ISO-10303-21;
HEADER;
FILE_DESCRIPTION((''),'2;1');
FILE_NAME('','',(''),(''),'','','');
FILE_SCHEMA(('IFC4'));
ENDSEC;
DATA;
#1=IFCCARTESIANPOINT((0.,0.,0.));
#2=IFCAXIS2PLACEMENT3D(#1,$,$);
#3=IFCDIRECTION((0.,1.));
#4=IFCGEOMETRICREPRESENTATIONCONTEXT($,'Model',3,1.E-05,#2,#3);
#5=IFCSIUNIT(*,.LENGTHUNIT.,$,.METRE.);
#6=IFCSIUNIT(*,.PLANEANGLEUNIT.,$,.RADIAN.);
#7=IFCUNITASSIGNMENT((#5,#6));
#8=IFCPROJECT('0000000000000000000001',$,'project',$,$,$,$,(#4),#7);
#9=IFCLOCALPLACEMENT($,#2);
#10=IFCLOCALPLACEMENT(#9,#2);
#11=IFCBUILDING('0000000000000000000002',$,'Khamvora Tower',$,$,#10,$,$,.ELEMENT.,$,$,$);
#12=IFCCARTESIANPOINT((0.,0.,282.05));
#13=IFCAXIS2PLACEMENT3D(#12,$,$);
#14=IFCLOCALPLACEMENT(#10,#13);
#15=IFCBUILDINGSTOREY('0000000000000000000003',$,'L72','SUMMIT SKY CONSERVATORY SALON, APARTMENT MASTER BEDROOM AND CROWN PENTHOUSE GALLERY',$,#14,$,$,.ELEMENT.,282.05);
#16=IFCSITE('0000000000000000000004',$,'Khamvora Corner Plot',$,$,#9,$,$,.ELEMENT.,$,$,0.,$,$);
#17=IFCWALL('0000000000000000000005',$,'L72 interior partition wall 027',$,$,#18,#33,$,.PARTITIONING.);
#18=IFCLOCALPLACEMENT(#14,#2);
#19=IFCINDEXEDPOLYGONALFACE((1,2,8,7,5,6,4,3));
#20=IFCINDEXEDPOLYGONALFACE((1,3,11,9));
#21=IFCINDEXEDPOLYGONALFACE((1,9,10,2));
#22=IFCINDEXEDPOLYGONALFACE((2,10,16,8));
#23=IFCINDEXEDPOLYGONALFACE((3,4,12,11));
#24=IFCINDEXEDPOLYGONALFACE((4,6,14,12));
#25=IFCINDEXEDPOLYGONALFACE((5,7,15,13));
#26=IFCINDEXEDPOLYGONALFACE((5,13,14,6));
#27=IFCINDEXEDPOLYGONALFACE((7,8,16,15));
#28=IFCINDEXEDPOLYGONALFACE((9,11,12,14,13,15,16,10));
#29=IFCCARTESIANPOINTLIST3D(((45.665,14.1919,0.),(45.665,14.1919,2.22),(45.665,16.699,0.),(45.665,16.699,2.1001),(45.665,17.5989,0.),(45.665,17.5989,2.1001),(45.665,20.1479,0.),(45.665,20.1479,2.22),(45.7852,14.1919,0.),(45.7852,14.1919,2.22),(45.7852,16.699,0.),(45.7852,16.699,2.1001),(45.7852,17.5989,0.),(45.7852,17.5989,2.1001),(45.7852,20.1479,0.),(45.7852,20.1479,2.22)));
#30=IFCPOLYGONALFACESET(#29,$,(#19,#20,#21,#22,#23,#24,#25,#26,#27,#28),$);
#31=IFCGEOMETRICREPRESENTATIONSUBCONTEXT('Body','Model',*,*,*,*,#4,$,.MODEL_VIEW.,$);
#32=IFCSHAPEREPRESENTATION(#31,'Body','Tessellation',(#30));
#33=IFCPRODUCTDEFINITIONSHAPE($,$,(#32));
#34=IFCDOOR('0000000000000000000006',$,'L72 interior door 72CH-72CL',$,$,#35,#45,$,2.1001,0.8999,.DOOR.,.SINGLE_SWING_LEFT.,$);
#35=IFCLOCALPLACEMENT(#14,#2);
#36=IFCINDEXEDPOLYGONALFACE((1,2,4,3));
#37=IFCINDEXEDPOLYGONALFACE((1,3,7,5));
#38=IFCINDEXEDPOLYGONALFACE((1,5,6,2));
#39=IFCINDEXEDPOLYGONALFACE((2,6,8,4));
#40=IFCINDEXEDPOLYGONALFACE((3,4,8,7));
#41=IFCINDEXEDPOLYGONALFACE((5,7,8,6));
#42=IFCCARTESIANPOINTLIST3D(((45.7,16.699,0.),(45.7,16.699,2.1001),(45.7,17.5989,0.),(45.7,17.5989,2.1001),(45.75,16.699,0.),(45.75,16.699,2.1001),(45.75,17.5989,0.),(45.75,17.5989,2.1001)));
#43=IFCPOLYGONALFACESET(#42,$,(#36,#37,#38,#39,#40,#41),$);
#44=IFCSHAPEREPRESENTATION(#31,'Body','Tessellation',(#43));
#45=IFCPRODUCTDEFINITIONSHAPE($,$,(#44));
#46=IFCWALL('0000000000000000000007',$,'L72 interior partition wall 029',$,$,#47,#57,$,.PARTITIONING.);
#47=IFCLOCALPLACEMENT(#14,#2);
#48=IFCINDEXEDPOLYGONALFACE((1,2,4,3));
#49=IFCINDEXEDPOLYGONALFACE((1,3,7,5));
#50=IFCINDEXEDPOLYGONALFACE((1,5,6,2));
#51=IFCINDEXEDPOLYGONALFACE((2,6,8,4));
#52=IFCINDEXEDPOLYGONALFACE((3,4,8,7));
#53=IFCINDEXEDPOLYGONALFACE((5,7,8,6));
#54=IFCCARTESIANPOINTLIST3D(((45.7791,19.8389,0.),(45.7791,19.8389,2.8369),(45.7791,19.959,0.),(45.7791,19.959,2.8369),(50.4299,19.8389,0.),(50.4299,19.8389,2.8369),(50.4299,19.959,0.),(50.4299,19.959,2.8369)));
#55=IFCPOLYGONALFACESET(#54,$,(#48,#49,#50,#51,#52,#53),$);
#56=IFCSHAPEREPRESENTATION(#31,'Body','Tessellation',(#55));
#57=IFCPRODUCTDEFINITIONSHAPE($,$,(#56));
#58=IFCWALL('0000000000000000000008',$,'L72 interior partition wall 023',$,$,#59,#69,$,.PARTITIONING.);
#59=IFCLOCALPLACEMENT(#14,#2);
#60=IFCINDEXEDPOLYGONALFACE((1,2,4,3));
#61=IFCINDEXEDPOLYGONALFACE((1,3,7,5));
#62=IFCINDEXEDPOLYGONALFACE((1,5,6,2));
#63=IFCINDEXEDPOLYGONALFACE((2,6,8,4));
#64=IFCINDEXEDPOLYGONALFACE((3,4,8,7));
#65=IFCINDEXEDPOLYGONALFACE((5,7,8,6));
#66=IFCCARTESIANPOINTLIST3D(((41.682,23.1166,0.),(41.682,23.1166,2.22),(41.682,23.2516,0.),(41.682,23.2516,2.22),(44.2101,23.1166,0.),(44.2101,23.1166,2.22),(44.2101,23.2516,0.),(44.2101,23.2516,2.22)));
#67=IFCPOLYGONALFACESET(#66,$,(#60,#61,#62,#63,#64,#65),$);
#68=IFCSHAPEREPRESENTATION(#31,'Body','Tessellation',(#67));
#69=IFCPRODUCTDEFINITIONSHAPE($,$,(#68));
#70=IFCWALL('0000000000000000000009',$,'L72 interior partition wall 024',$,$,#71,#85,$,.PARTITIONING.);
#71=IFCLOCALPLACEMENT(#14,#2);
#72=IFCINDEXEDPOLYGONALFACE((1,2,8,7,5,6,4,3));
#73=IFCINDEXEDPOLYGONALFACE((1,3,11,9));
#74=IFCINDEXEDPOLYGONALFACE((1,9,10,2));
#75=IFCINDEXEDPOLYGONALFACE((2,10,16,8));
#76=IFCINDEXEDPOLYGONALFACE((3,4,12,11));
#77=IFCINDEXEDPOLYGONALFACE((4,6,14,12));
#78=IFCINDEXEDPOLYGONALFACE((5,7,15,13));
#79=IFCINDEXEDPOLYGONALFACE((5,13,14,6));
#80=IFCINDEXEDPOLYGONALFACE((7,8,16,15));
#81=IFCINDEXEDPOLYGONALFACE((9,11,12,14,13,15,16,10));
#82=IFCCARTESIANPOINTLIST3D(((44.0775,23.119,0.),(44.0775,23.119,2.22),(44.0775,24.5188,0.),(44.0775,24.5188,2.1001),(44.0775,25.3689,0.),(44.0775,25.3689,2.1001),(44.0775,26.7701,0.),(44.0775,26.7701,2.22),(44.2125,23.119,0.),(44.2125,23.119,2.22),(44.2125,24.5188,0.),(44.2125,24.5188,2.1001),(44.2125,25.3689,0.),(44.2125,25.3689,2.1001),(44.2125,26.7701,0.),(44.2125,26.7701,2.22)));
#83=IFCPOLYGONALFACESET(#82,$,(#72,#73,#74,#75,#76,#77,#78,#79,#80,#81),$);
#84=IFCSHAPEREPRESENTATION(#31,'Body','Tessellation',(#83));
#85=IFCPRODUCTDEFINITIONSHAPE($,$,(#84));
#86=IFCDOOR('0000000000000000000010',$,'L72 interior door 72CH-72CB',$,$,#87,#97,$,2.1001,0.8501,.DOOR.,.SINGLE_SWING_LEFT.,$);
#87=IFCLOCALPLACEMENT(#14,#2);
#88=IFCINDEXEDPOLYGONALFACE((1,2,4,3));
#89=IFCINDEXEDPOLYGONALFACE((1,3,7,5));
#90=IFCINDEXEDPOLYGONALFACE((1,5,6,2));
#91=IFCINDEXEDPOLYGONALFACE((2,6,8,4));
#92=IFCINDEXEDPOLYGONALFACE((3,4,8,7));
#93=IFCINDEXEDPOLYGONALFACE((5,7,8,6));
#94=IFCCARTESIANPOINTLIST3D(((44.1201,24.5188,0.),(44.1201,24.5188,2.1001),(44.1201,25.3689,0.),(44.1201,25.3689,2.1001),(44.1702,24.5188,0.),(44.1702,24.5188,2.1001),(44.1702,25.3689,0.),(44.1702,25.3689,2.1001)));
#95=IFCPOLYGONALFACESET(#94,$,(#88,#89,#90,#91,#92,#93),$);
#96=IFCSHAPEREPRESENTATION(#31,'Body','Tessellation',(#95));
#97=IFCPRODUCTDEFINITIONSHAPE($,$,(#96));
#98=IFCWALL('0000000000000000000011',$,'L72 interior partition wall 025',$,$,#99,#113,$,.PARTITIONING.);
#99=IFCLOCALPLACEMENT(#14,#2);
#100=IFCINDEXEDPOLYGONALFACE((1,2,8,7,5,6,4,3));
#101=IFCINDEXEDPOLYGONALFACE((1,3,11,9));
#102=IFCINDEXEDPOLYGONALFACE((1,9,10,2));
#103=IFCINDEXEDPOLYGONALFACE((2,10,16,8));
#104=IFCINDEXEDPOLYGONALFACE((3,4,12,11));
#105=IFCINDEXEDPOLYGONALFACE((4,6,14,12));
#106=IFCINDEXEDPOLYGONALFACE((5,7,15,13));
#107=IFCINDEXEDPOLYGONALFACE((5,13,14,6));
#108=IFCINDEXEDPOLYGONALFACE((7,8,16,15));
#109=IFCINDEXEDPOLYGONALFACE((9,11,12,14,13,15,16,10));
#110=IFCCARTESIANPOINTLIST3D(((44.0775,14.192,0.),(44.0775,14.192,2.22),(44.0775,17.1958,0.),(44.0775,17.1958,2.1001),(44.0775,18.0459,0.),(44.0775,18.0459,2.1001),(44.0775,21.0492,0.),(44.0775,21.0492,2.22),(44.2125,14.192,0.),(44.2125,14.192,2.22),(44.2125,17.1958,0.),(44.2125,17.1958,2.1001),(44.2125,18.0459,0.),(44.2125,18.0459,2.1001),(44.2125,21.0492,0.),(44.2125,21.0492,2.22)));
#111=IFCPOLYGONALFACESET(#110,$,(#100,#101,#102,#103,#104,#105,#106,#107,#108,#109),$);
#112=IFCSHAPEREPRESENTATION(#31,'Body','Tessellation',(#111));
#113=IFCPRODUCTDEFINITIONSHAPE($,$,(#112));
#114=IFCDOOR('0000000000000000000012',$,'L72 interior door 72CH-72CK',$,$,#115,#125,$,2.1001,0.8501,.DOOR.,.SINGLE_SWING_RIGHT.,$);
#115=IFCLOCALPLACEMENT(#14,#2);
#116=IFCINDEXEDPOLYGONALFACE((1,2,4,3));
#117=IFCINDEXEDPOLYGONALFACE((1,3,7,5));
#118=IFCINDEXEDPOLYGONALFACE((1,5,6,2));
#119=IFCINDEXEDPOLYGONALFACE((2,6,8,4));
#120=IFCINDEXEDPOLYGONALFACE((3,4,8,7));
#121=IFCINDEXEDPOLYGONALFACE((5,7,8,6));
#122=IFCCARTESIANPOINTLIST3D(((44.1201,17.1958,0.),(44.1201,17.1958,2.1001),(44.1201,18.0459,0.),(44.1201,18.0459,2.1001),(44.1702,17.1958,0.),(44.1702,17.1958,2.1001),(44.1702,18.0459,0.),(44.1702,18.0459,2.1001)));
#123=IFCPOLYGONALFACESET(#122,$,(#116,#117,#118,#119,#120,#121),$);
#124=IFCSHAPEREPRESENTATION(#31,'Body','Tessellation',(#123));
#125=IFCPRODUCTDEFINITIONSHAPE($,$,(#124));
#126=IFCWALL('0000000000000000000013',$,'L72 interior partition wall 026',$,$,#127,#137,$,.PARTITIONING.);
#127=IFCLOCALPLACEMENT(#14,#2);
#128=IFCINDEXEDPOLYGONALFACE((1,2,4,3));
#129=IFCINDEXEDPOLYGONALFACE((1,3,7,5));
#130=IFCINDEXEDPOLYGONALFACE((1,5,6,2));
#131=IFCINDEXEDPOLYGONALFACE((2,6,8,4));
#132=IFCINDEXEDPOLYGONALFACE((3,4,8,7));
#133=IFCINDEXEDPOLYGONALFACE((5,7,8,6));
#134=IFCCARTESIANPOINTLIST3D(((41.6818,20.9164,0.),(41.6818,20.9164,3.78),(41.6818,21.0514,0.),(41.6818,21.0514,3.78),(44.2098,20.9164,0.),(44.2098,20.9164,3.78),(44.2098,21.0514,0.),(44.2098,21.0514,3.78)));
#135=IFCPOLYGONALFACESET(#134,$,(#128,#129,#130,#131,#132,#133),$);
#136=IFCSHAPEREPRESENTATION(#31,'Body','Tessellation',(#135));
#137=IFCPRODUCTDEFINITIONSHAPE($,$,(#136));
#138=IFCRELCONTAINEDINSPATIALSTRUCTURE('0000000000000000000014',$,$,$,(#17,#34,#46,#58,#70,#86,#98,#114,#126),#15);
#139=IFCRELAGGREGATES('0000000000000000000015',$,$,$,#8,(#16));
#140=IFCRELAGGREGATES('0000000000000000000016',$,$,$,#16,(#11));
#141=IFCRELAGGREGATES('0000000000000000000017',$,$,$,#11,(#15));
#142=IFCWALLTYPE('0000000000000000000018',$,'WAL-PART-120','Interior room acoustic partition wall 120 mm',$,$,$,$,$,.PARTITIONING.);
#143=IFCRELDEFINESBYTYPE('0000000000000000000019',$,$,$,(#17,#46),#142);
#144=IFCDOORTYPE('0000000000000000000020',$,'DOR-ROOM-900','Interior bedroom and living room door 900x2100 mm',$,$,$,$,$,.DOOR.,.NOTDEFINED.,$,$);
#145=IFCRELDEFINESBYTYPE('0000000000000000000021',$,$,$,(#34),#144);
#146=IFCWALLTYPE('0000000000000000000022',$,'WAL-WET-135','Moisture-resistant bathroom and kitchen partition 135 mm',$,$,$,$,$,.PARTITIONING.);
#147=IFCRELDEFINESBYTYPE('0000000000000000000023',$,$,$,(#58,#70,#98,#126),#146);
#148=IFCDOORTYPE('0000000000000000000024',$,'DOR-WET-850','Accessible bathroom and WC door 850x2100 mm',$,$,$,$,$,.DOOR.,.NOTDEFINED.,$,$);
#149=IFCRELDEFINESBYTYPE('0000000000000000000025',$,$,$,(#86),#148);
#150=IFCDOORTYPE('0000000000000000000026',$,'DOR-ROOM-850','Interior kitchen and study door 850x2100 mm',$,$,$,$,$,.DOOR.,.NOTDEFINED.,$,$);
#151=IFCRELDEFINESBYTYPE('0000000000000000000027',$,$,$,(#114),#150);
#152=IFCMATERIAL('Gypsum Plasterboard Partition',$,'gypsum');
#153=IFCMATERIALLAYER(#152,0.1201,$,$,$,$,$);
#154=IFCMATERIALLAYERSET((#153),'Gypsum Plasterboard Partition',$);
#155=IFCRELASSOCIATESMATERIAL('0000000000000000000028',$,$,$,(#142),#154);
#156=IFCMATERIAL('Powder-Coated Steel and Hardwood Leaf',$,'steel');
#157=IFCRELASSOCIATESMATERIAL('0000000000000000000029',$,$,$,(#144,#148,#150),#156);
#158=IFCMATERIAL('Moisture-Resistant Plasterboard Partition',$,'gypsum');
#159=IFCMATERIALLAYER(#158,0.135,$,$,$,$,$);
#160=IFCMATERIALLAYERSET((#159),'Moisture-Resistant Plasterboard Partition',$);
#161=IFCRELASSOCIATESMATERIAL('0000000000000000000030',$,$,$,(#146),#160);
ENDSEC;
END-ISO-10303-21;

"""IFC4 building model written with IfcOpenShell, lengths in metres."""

from ifc_helpers import new_model, si_unit, direction, frame, frame_2d, origin, place, context, subcontext, project, spatial, rectangle, extrude, material, layer, layer_set, type_object, element, fill, save


model = new_model("IFC4")

# Units and contexts
model_context = context("Model", 3, precision=1e-05, world=origin(), true_north=direction((0.0, 1.0)))
body_context = subcontext(model_context, "Body", "Model", "MODEL_VIEW")
ifc_project = project(units=[si_unit("LENGTHUNIT", "METRE"), si_unit("PLANEANGLEUNIT", "RADIAN")], contexts=[model_context])

# Site, building, storey
site_placement = place(None, origin())
site = spatial("IfcSite", under=ifc_project, at=site_placement, Name="Khamvora Corner Plot", CompositionType="ELEMENT", RefElevation=0.0)
building_placement = place(site_placement, origin())
building = spatial("IfcBuilding", under=site, at=building_placement, Name="Khamvora Tower", CompositionType="ELEMENT")
storey_placement = place(building_placement, frame((0.0, 0.0, 282.05)))
storey = spatial("IfcBuildingStorey", under=building, at=storey_placement, Name="L72", Description="SUMMIT SKY CONSERVATORY SALON, APARTMENT MASTER BEDROOM AND CROWN PENTHOUSE GALLERY", CompositionType="ELEMENT", Elevation=282.05)

# Shared definitions
ifc_material_1 = material(Name="Powder-Coated Steel and Hardwood Leaf", Category="steel")

# Wall, opening, door
ifc_material_2 = material(Name="Gypsum Plasterboard Partition", Category="gypsum")
ifc_layer_1 = layer(ifc_material_2, 0.1201)
ifc_layer_set_1 = layer_set([ifc_layer_1], Name="Gypsum Plasterboard Partition")
wall_type_1 = type_object("IfcWallType", Name="WAL-PART-120", Description="Interior room acoustic partition wall 120 mm", PredefinedType="PARTITIONING", material=ifc_layer_set_1)
wall_1_placement = place(storey_placement, frame((45.7251, 20.1479, 0.0), z_axis=(0.0, 0.0, 1.0), x_axis=(0.0, -1.0, 0.0)))
wall_1 = element("IfcWall", 1, at=wall_1_placement, inside=storey, type_object=wall_type_1, Name="L72 interior partition wall 027", PredefinedType="PARTITIONING", context=body_context, shape_type="SweptSolid", body=[
    extrude(rectangle(XDim=5.9561, YDim=0.1201, at=frame_2d((2.978, 0.0))), origin(), (0.0, 0.0, 1.0), 2.22),
])
opening_1_placement = place(wall_1_placement, frame((2.5491, 0.0, 0.0)))
opening_1 = element("IfcOpeningElement", 2, at=opening_1_placement, cuts=wall_1, PredefinedType="OPENING", context=body_context, shape_type="SweptSolid", body=[
    extrude(rectangle(XDim=0.8999, YDim=2.1001, at=frame_2d((0.45, 1.05))), frame((0.0, 0.0701, 0.0), z_axis=(0.0, -1.0, 0.0), x_axis=(1.0, 0.0, 0.0)), (0.0, 0.0, 1.0), 0.1401),
])
door_type_1 = type_object("IfcDoorType", Name="DOR-ROOM-900", Description="Interior bedroom and living room door 900x2100 mm", OperationType="NOTDEFINED", PredefinedType="DOOR", material=ifc_material_1)
door_1_placement = place(opening_1_placement, origin())
door_1 = element("IfcDoor", 3, at=door_1_placement, inside=storey, type_object=door_type_1, Name="L72 interior door 72CH-72CL", OperationType="SINGLE_SWING_LEFT", OverallHeight=2.1001, OverallWidth=0.8999, PredefinedType="DOOR", context=body_context, shape_type="SweptSolid", body=[
    extrude(rectangle(XDim=0.8999, YDim=2.1001, at=frame_2d((0.45, 1.05))), frame((0.0, 0.0249, 0.0), z_axis=(0.0, -1.0, 0.0), x_axis=(1.0, 0.0, 0.0)), (0.0, 0.0, 1.0), 0.05),
])
fill(opening_1, door_1)

# Walls
wall_2_placement = place(storey_placement, frame((45.7791, 19.8989, 0.0), z_axis=(0.0, 0.0, 1.0), x_axis=(1.0, 0.0, 0.0)))
element("IfcWall", 4, at=wall_2_placement, inside=storey, type_object=wall_type_1, Name="L72 interior partition wall 029", PredefinedType="PARTITIONING", context=body_context, shape_type="SweptSolid", body=[
    extrude(rectangle(XDim=4.6509, YDim=0.1201, at=frame_2d((2.3254, 0.0))), origin(), (0.0, 0.0, 1.0), 2.8369),
])
ifc_material_3 = material(Name="Moisture-Resistant Plasterboard Partition", Category="gypsum")
ifc_layer_2 = layer(ifc_material_3, 0.135)
ifc_layer_set_2 = layer_set([ifc_layer_2], Name="Moisture-Resistant Plasterboard Partition")
wall_type_2 = type_object("IfcWallType", Name="WAL-WET-135", Description="Moisture-resistant bathroom and kitchen partition 135 mm", PredefinedType="PARTITIONING", material=ifc_layer_set_2)
wall_3_placement = place(storey_placement, frame((41.6819, 23.1841, 0.0), z_axis=(0.0, 0.0, 1.0), x_axis=(1.0, 0.0, 0.0)))
element("IfcWall", 5, at=wall_3_placement, inside=storey, type_object=wall_type_2, Name="L72 interior partition wall 023", PredefinedType="PARTITIONING", context=body_context, shape_type="SweptSolid", body=[
    extrude(rectangle(XDim=2.5281, YDim=0.135, at=frame_2d((1.2642, 0.0))), origin(), (0.0, 0.0, 1.0), 2.22),
])

# Walls, openings, doors
wall_4_placement = place(storey_placement, frame((44.145, 23.1189, 0.0), z_axis=(0.0, 0.0, 1.0), x_axis=(0.0, 1.0, 0.0)))
wall_4 = element("IfcWall", 6, at=wall_4_placement, inside=storey, type_object=wall_type_2, Name="L72 interior partition wall 024", PredefinedType="PARTITIONING", context=body_context, shape_type="SweptSolid", body=[
    extrude(rectangle(XDim=3.6511, YDim=0.135, at=frame_2d((1.8257, 0.0))), origin(), (0.0, 0.0, 1.0), 2.22),
])
opening_2_placement = place(wall_4_placement, frame((1.3999, 0.0, 0.0)))
opening_2 = element("IfcOpeningElement", 7, at=opening_2_placement, cuts=wall_4, PredefinedType="OPENING", context=body_context, shape_type="SweptSolid", body=[
    extrude(rectangle(XDim=0.8501, YDim=2.1001, at=frame_2d((0.425, 1.05))), frame((0.0, 0.0774, 0.0), z_axis=(0.0, -1.0, 0.0), x_axis=(1.0, 0.0, 0.0)), (0.0, 0.0, 1.0), 0.155),
])
door_type_2 = type_object("IfcDoorType", Name="DOR-WET-850", Description="Accessible bathroom and WC door 850x2100 mm", OperationType="NOTDEFINED", PredefinedType="DOOR", material=ifc_material_1)
door_2_placement = place(opening_2_placement, origin())
door_2 = element("IfcDoor", 8, at=door_2_placement, inside=storey, type_object=door_type_2, Name="L72 interior door 72CH-72CB", OperationType="SINGLE_SWING_LEFT", OverallHeight=2.1001, OverallWidth=0.8501, PredefinedType="DOOR", context=body_context, shape_type="SweptSolid", body=[
    extrude(rectangle(XDim=0.8501, YDim=2.1001, at=frame_2d((0.425, 1.05))), frame((0.0, 0.0249, 0.0), z_axis=(0.0, -1.0, 0.0), x_axis=(1.0, 0.0, 0.0)), (0.0, 0.0, 1.0), 0.05),
])
fill(opening_2, door_2)
wall_5_placement = place(storey_placement, frame((44.145, 14.1919, 0.0), z_axis=(0.0, 0.0, 1.0), x_axis=(0.0, 1.0, 0.0)))
wall_5 = element("IfcWall", 9, at=wall_5_placement, inside=storey, type_object=wall_type_2, Name="L72 interior partition wall 025", PredefinedType="PARTITIONING", context=body_context, shape_type="SweptSolid", body=[
    extrude(rectangle(XDim=6.8572, YDim=0.135, at=frame_2d((3.4287, 0.0))), origin(), (0.0, 0.0, 1.0), 2.22),
])
opening_3_placement = place(wall_5_placement, frame((3.0039, 0.0, 0.0)))
opening_3 = element("IfcOpeningElement", 10, at=opening_3_placement, cuts=wall_5, PredefinedType="OPENING", context=body_context, shape_type="SweptSolid", body=[
    extrude(rectangle(XDim=0.8501, YDim=2.1001, at=frame_2d((0.425, 1.05))), frame((0.0, 0.0774, 0.0), z_axis=(0.0, -1.0, 0.0), x_axis=(1.0, 0.0, 0.0)), (0.0, 0.0, 1.0), 0.155),
])
door_type_3 = type_object("IfcDoorType", Name="DOR-ROOM-850", Description="Interior kitchen and study door 850x2100 mm", OperationType="NOTDEFINED", PredefinedType="DOOR", material=ifc_material_1)
door_3_placement = place(opening_3_placement, origin())
door_3 = element("IfcDoor", 11, at=door_3_placement, inside=storey, type_object=door_type_3, Name="L72 interior door 72CH-72CK", OperationType="SINGLE_SWING_RIGHT", OverallHeight=2.1001, OverallWidth=0.8501, PredefinedType="DOOR", context=body_context, shape_type="SweptSolid", body=[
    extrude(rectangle(XDim=0.8501, YDim=2.1001, at=frame_2d((0.425, 1.05))), frame((0.0, 0.0249, 0.0), z_axis=(0.0, -1.0, 0.0), x_axis=(1.0, 0.0, 0.0)), (0.0, 0.0, 1.0), 0.05),
])
fill(opening_3, door_3)

# Wall
wall_6_placement = place(storey_placement, frame((44.21, 20.9839, 0.0), z_axis=(0.0, 0.0, 1.0), x_axis=(-1.0, 0.0, 0.0)))
element("IfcWall", 12, at=wall_6_placement, inside=storey, type_object=wall_type_2, Name="L72 interior partition wall 026", PredefinedType="PARTITIONING", context=body_context, shape_type="SweptSolid", body=[
    extrude(rectangle(XDim=2.5281, YDim=0.135, at=frame_2d((1.2642, 0.0))), origin(), (0.0, 0.0, 1.0), 3.78),
])

save(model, "model.ifc")
